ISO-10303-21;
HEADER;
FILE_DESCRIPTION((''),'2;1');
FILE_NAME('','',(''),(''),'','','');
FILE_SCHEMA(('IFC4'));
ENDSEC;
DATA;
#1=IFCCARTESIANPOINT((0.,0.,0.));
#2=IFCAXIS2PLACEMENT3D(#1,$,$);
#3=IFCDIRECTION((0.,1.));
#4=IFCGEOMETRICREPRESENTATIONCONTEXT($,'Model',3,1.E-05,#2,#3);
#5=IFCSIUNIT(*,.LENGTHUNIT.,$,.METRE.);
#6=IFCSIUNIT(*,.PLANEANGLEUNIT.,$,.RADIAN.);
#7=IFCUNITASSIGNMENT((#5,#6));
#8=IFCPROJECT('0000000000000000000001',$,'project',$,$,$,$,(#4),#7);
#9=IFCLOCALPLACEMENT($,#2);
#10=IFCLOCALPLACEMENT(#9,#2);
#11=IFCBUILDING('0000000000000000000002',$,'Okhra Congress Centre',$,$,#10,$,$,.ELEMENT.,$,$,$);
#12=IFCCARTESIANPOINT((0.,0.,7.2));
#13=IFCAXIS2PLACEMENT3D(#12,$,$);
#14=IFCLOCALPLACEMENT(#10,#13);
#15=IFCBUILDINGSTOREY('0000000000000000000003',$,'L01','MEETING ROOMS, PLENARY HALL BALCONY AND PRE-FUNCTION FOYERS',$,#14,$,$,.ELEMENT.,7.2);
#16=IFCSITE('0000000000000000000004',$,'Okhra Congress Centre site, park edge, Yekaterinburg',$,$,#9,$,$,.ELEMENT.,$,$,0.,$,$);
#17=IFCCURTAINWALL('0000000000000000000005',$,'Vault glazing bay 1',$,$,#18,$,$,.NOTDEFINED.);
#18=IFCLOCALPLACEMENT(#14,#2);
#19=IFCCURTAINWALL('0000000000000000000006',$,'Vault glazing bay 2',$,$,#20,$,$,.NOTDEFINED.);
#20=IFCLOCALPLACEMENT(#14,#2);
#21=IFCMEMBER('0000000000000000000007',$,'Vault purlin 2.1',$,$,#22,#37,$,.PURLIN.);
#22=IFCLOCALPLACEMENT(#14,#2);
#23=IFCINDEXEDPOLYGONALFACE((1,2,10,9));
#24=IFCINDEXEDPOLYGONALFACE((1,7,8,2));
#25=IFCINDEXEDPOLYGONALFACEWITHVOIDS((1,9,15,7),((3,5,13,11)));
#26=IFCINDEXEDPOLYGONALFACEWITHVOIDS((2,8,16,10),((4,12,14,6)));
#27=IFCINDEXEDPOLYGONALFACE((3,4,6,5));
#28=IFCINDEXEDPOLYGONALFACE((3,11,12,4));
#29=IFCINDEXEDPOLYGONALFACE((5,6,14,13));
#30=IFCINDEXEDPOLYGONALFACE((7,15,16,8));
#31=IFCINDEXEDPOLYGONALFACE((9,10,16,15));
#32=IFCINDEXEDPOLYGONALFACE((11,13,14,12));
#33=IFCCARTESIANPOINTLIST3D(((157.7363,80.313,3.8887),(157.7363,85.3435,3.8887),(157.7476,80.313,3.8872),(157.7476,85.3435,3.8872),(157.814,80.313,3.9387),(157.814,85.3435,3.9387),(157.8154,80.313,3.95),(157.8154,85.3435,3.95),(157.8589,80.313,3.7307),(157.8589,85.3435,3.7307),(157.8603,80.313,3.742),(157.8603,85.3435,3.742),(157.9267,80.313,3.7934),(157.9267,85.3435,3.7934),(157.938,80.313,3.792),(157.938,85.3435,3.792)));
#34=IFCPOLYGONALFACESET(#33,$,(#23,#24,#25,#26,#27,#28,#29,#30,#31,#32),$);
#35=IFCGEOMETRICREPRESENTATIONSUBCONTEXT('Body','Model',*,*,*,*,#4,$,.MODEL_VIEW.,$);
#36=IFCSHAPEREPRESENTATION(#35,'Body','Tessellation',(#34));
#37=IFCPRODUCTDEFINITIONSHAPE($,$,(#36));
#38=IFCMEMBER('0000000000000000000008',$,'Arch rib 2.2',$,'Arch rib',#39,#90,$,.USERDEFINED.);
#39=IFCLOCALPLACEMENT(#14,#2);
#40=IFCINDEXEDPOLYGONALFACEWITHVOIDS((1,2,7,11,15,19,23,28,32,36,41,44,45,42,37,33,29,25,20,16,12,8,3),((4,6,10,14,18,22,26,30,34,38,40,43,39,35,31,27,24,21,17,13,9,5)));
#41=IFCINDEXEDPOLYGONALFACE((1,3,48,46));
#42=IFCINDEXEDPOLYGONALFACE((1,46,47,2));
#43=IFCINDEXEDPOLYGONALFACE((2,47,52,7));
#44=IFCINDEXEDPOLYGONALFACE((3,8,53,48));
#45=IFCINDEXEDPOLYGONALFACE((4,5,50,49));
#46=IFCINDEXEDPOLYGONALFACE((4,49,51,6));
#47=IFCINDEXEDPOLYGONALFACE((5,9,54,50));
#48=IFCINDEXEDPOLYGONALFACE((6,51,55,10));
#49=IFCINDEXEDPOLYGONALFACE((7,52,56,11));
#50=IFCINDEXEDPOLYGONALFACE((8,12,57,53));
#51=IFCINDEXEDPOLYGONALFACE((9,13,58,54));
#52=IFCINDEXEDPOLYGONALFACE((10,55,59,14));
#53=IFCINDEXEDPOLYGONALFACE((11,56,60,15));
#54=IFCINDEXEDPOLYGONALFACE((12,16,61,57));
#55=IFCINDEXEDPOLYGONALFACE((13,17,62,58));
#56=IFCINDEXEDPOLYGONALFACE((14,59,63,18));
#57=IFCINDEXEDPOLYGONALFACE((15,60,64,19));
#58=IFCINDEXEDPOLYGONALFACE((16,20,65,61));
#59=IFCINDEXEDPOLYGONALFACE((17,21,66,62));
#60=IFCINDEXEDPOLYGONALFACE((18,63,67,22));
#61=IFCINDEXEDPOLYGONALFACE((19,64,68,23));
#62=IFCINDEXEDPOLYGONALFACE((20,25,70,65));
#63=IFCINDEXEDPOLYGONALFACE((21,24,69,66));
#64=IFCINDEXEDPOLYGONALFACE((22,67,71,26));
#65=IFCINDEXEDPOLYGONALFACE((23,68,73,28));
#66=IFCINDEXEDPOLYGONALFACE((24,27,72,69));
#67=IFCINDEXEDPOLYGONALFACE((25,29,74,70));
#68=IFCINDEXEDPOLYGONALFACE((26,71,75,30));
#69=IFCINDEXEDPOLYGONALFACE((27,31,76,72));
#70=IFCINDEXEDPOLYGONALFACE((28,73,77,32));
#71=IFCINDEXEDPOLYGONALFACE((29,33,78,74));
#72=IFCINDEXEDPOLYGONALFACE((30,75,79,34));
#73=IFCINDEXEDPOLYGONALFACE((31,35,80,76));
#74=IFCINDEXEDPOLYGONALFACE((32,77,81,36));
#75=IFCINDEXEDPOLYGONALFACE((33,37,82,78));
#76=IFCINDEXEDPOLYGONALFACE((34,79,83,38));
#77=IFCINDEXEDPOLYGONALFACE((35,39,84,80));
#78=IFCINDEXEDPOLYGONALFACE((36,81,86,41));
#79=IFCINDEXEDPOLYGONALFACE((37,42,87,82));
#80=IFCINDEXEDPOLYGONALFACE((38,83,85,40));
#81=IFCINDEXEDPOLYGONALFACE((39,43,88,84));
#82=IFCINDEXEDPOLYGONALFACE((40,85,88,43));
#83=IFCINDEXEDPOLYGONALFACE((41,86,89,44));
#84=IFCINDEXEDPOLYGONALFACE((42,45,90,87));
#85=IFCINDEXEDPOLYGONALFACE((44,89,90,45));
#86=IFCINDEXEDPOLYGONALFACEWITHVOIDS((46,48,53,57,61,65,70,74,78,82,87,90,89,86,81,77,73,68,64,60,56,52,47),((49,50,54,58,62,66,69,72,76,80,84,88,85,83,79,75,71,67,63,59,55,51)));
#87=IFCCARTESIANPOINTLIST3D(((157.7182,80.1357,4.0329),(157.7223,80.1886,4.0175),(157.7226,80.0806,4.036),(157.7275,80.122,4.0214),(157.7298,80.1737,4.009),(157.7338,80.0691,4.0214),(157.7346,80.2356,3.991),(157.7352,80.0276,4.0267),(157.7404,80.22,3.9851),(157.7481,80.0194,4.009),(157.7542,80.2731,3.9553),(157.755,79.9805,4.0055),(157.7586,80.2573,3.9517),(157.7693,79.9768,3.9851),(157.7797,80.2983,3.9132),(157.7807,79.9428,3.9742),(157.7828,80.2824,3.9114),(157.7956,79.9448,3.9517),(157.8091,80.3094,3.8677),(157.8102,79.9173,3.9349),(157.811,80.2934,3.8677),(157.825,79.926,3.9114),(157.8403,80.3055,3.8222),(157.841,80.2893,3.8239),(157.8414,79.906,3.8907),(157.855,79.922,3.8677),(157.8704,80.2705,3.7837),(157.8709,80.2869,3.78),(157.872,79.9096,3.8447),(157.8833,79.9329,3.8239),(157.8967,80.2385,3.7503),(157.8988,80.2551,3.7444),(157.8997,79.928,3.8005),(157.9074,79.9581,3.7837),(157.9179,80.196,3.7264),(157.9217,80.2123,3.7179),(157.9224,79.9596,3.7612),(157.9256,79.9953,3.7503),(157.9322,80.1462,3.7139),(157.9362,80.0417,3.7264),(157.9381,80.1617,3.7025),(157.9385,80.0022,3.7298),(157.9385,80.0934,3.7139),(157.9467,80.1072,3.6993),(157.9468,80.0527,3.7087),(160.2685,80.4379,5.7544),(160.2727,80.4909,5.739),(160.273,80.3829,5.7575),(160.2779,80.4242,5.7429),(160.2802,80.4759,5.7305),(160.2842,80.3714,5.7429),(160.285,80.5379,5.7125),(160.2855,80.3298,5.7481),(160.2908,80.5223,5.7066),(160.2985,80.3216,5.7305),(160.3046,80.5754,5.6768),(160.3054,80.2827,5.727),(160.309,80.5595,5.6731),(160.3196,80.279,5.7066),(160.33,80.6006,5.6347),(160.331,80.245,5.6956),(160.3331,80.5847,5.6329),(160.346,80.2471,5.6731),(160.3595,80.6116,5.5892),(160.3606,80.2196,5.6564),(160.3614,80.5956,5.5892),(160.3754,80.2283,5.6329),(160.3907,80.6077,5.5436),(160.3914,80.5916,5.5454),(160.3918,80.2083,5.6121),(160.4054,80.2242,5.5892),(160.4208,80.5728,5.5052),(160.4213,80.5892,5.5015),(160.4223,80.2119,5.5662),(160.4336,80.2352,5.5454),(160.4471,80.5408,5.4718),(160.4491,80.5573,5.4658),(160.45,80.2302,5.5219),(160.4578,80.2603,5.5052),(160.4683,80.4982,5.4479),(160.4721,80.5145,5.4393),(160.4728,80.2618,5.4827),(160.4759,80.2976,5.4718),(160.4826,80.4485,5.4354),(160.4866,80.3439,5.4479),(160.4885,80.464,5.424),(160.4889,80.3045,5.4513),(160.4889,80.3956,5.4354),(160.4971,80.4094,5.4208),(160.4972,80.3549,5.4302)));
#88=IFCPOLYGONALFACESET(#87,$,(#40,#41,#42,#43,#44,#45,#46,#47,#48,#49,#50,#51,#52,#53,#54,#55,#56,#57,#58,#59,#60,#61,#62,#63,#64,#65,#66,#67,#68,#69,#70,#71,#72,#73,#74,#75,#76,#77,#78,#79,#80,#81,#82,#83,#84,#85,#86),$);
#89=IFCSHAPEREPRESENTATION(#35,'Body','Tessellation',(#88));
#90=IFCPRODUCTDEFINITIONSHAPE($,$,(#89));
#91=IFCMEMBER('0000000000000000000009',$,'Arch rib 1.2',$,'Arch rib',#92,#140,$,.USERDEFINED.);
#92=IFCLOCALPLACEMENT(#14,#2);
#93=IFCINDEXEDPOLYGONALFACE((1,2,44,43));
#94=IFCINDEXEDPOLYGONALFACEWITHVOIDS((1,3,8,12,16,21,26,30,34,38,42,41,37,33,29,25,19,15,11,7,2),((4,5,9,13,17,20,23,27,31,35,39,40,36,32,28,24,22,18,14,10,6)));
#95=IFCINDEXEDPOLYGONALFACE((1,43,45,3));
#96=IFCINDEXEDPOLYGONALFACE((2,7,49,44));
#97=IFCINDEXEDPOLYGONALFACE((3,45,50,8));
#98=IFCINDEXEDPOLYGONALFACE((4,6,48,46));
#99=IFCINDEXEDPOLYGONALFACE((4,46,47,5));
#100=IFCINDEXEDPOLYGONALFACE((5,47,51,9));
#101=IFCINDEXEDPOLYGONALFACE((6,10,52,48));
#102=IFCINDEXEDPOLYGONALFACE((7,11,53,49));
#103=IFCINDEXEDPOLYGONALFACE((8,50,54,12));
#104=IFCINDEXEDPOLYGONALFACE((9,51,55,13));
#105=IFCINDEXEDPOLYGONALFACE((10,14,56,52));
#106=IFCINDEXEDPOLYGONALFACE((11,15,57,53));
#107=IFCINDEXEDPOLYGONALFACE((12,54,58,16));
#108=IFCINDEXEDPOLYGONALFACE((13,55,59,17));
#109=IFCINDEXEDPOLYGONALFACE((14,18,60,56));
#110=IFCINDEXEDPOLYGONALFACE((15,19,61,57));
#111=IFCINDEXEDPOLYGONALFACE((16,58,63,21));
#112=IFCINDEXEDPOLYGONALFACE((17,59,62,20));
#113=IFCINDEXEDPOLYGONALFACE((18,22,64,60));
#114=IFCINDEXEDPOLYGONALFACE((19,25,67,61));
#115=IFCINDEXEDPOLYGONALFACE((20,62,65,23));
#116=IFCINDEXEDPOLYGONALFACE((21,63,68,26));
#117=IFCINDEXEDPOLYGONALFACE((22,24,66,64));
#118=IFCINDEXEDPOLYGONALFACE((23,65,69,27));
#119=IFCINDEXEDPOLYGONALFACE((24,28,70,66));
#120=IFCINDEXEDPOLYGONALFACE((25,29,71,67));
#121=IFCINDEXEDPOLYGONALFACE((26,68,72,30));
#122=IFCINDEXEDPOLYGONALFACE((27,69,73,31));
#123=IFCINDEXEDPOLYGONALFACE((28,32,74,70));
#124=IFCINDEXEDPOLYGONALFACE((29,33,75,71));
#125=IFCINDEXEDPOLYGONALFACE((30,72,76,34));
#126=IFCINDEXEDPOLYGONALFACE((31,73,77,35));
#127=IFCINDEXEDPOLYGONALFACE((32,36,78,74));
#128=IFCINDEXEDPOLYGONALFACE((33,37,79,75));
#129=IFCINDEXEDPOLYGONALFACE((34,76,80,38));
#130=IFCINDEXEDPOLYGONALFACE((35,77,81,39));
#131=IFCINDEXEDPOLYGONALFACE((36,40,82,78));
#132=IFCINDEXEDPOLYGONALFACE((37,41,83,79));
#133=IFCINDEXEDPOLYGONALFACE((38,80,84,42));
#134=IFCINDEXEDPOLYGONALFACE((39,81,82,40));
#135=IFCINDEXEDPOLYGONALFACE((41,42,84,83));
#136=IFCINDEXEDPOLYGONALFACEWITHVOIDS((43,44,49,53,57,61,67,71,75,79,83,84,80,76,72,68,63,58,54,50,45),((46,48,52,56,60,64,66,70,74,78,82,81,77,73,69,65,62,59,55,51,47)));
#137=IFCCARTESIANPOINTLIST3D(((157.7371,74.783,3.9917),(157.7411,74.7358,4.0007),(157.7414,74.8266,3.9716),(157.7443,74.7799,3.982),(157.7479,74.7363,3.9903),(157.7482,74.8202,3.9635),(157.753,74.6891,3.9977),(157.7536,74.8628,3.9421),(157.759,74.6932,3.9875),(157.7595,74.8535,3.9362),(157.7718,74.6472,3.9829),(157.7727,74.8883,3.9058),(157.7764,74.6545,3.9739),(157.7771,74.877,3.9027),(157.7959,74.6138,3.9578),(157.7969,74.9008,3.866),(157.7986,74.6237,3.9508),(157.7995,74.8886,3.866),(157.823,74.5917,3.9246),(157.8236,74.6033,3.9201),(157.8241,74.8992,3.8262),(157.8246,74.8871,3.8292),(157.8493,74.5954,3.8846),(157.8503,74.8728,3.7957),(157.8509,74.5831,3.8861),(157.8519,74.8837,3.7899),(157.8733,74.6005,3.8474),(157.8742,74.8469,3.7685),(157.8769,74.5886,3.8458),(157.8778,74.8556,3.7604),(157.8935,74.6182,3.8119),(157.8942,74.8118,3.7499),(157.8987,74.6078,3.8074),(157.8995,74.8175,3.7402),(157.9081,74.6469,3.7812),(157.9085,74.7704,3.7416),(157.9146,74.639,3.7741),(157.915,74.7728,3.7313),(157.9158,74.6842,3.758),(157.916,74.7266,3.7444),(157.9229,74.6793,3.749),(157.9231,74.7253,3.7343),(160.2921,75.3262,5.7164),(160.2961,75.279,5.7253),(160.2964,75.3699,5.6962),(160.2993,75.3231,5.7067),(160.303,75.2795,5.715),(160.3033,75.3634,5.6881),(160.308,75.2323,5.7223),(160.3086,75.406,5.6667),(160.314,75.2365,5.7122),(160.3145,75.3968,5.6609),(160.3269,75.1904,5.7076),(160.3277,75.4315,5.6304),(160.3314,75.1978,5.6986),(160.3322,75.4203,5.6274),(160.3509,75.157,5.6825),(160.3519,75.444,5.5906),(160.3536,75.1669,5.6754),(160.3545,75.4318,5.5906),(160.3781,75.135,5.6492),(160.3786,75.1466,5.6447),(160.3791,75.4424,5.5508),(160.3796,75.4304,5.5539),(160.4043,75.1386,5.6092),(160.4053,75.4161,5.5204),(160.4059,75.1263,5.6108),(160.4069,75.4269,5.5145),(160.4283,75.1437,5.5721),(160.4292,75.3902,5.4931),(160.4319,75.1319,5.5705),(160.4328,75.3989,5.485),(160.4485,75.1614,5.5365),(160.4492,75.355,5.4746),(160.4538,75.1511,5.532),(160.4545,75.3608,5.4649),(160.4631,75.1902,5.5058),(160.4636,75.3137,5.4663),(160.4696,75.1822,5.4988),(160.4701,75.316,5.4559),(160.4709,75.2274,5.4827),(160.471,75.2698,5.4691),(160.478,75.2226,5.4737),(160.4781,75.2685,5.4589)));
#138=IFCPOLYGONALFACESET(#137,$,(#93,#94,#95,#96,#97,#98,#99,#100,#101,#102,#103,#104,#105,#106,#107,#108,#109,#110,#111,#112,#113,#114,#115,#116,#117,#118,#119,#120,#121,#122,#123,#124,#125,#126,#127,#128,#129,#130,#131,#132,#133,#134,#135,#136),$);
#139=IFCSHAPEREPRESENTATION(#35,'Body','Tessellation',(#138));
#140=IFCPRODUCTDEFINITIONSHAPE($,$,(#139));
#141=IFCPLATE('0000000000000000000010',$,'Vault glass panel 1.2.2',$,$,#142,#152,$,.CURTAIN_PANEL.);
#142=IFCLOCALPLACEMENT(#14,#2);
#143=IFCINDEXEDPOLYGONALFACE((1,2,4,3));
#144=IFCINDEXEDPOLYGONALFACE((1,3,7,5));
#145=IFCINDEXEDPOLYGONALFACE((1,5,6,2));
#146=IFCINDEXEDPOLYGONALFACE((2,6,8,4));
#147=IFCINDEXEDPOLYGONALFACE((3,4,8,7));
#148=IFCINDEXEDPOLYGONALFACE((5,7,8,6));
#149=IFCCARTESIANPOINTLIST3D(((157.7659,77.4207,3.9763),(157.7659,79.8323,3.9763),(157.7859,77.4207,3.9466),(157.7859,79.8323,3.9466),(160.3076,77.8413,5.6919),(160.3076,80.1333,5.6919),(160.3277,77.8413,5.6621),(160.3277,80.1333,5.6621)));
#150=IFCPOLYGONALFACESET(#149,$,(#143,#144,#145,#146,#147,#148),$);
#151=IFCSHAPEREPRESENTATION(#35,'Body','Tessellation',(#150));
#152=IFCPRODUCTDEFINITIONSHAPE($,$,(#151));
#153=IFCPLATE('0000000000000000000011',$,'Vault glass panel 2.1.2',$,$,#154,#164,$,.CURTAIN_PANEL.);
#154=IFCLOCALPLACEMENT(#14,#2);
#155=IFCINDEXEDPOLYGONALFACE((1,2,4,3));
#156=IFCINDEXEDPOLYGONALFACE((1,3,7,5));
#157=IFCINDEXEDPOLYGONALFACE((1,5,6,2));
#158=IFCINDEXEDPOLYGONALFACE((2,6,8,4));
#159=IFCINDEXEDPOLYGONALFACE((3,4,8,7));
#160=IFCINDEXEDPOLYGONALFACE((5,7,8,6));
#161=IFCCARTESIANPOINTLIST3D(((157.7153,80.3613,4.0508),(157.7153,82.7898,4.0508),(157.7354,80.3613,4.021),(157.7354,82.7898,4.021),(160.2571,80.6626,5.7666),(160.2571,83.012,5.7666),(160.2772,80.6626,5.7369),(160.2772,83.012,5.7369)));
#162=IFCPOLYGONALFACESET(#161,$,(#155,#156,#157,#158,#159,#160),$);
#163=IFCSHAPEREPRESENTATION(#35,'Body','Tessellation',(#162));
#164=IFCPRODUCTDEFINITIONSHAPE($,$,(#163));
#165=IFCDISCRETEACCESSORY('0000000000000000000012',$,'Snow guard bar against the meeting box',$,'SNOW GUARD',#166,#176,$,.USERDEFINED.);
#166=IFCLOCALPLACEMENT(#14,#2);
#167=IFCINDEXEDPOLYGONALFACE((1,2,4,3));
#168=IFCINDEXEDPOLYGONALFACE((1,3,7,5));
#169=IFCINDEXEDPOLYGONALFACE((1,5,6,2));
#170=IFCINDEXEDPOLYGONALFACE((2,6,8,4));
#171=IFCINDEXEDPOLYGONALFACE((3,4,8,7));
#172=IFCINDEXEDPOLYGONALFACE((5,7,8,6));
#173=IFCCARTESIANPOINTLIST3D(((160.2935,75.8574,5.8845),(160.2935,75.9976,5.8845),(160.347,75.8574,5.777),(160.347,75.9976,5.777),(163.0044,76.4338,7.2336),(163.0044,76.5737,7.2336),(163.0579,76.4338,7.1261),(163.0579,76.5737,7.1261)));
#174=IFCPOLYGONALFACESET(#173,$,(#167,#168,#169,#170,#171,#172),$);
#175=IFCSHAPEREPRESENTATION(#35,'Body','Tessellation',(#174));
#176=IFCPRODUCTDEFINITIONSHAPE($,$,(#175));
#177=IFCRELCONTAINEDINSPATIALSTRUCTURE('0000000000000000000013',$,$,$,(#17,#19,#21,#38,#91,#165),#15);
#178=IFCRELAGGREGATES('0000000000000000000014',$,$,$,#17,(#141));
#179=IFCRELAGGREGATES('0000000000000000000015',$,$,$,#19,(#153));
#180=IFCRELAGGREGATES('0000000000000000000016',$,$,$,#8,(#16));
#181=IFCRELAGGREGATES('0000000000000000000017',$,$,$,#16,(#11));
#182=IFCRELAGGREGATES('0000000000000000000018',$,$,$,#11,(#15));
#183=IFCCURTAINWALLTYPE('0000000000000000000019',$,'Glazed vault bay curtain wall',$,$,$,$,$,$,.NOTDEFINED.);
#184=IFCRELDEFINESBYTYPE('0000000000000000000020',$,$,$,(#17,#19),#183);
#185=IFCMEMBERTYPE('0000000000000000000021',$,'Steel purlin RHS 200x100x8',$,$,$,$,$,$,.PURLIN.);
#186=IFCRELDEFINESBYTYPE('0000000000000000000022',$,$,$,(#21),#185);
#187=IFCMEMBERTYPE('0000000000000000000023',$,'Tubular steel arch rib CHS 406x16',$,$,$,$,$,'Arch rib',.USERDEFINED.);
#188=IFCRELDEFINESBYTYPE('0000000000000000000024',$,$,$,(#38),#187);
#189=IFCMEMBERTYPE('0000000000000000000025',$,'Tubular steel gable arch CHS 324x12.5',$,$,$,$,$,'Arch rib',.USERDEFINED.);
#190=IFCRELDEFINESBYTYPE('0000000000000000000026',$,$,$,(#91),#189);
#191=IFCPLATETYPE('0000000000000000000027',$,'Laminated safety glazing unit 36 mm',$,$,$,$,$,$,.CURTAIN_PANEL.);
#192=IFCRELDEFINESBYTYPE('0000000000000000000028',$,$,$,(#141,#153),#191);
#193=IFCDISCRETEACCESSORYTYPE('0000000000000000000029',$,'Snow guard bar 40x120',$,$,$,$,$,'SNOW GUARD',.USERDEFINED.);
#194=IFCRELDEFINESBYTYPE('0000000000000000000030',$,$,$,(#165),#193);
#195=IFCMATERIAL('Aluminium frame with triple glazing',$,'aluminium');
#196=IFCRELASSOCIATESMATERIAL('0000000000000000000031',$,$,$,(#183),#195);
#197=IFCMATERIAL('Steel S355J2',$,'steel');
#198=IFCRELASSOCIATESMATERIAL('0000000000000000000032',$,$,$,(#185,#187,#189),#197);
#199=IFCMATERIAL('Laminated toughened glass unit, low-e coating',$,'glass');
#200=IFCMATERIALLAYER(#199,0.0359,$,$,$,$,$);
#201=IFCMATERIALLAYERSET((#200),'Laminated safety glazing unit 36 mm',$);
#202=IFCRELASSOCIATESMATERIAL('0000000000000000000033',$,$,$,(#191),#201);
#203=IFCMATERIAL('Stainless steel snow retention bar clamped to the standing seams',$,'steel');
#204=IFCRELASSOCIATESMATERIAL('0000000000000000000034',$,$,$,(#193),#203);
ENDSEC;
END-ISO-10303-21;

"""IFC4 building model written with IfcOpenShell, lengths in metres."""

from ifc_helpers import new_model, si_unit, direction, frame, origin, origin_2d, place, context, subcontext, project, spatial, polyline, hollow_rectangle, hollow_circle, outline, extrude, material, layer, layer_set, material_profile, profile_set, type_object, element, aggregate, save


model = new_model("IFC4")

# Units and contexts
model_context = context("Model", 3, precision=1e-05, world=origin(), true_north=direction((0.0, 1.0)))
body_context = subcontext(model_context, "Body", "Model", "MODEL_VIEW")
ifc_project = project(units=[si_unit("LENGTHUNIT", "METRE"), si_unit("PLANEANGLEUNIT", "RADIAN")], contexts=[model_context])

# Site, building, storey
site_placement = place(None, origin())
site = spatial("IfcSite", under=ifc_project, at=site_placement, Name="Okhra Congress Centre site, park edge, Yekaterinburg", CompositionType="ELEMENT", RefElevation=0.0)
building_placement = place(site_placement, origin())
building = spatial("IfcBuilding", under=site, at=building_placement, Name="Okhra Congress Centre", CompositionType="ELEMENT")
storey_placement = place(building_placement, frame((0.0, 0.0, 7.2)))
storey = spatial("IfcBuildingStorey", under=building, at=storey_placement, Name="L01", Description="MEETING ROOMS, PLENARY HALL BALCONY AND PRE-FUNCTION FOYERS", CompositionType="ELEMENT", Elevation=7.2)

# Curtain walls
ifc_material_1 = material(Name="Aluminium frame with triple glazing", Category="aluminium")
curtain_wall_type = type_object("IfcCurtainWallType", Name="Glazed vault bay curtain wall", PredefinedType="NOTDEFINED", material=ifc_material_1)
curtain_wall_1_placement = place(storey_placement, origin())
curtain_wall_1 = element("IfcCurtainWall", 1, at=curtain_wall_1_placement, inside=storey, type_object=curtain_wall_type, Name="Vault glazing bay 1", PredefinedType="NOTDEFINED")
curtain_wall_2_placement = place(storey_placement, origin())
curtain_wall_2 = element("IfcCurtainWall", 2, at=curtain_wall_2_placement, inside=storey, type_object=curtain_wall_type, Name="Vault glazing bay 2", PredefinedType="NOTDEFINED")

# Members
ifc_material_2 = material(Name="Steel S355J2", Category="steel")
ifc_material_profile_1 = material_profile(ifc_material_2, hollow_rectangle(XDim=0.1001, YDim=0.2, WallThickness=0.0081, at=origin_2d()), Name="RHS 200x100x8")
ifc_profile_set_1 = profile_set([ifc_material_profile_1], Name="Steel S355J2")
member_type_1 = type_object("IfcMemberType", Name="Steel purlin RHS 200x100x8", PredefinedType="PURLIN", material=ifc_profile_set_1)
member_1_placement = place(storey_placement, frame((157.8372, 80.313, 3.8403), z_axis=(0.0, 1.0, 0.0), x_axis=(-0.790145, 0.0, -0.61292)))
element("IfcMember", 3, at=member_1_placement, inside=storey, type_object=member_type_1, Name="Vault purlin 2.1", PredefinedType="PURLIN", context=body_context, shape_type="SweptSolid", body=[
    extrude(hollow_rectangle(XDim=0.1001, YDim=0.2, WallThickness=0.0081, at=origin_2d()), origin(), (0.0, 0.0, 1.0), 5.0305),
])
ifc_material_profile_2 = material_profile(ifc_material_2, hollow_circle(Radius=0.2031, WallThickness=0.0161, at=origin_2d()), Name="CHS 406.4x16")
ifc_profile_set_2 = profile_set([ifc_material_profile_2], Name="Steel S355J2")
member_type_2 = type_object("IfcMemberType", Name="Tubular steel arch rib CHS 406x16", ElementType="Arch rib", PredefinedType="USERDEFINED", material=ifc_profile_set_2)
member_2_placement = place(storey_placement, frame((157.833, 80.1077, 3.8677), z_axis=(0.82488, 0.09776, 0.55679), x_axis=(-0.117691, 0.99305, 0.0)))
element("IfcMember", 4, at=member_2_placement, inside=storey, type_object=member_type_2, Name="Arch rib 2.2", ObjectType="Arch rib", PredefinedType="USERDEFINED", context=body_context, shape_type="SweptSolid", body=[
    extrude(hollow_circle(Radius=0.2031, WallThickness=0.0161, at=origin_2d()), origin(), (0.0, 0.0, 1.0), 3.0918),
])
ifc_material_profile_3 = material_profile(ifc_material_2, hollow_circle(Radius=0.1619, WallThickness=0.0125, at=origin_2d()), Name="CHS 323.9x12.5")
ifc_profile_set_3 = profile_set([ifc_material_profile_3], Name="Steel S355J2")
member_type_3 = type_object("IfcMemberType", Name="Tubular steel gable arch CHS 324x12.5", ElementType="Arch rib", PredefinedType="USERDEFINED", material=ifc_profile_set_3)
member_3_placement = place(storey_placement, frame((157.8306, 74.7424, 3.866), z_axis=(0.816267, 0.173549, 0.55099), x_axis=(-0.207965, 0.978136, 0.0)))
element("IfcMember", 5, at=member_3_placement, inside=storey, type_object=member_type_3, Name="Arch rib 1.2", ObjectType="Arch rib", PredefinedType="USERDEFINED", context=body_context, shape_type="SweptSolid", body=[
    extrude(hollow_circle(Radius=0.1619, WallThickness=0.0125, at=origin_2d()), origin(), (0.0, 0.0, 1.0), 3.1301),
])

# Plates
ifc_material_3 = material(Name="Laminated toughened glass unit, low-e coating", Category="glass")
ifc_layer = layer(ifc_material_3, 0.0359)
ifc_layer_set = layer_set([ifc_layer], Name="Laminated safety glazing unit 36 mm")
plate_type = type_object("IfcPlateType", Name="Laminated safety glazing unit 36 mm", PredefinedType="CURTAIN_PANEL", material=ifc_layer_set)
plate_1_placement = place(storey_placement, frame((157.7659, 77.4207, 3.9763), z_axis=(-0.55945, 0.0, 0.828864), x_axis=(0.821174, 0.135903, 0.554259)))
plate_1 = element("IfcPlate", 6, at=plate_1_placement, type_object=plate_type, Name="Vault glass panel 1.2.2", PredefinedType="CURTAIN_PANEL", context=body_context, shape_type="SweptSolid", body=[
    extrude(outline(polyline([(0.0, 0.0), (3.0953, 0.0), (3.4067, 2.2707), (0.3277, 2.3892), (0.0, 0.0)])), origin(), (0.0, 0.0, -1.0), 0.0359),
])
aggregate(curtain_wall_1, [plate_1])
plate_2_placement = place(storey_placement, frame((157.7153, 80.3613, 4.0508), z_axis=(-0.559504, 0.0, 0.828827), x_axis=(0.824857, 0.097769, 0.556824)))
plate_2 = element("IfcPlate", 7, at=plate_2_placement, type_object=plate_type, Name="Vault glass panel 2.1.2", PredefinedType="CURTAIN_PANEL", context=body_context, shape_type="SweptSolid", body=[
    extrude(outline(polyline([(0.0, 0.0), (3.0814, 0.0), (3.3111, 2.3381), (0.2374, 2.4168), (0.0, 0.0)])), origin(), (0.0, 0.0, -1.0), 0.0359),
])
aggregate(curtain_wall_2, [plate_2])

# Discrete accessory
ifc_material_4 = material(Name="Stainless steel snow retention bar clamped to the standing seams", Category="steel")
discrete_accessory_type = type_object("IfcDiscreteAccessoryType", Name="Snow guard bar 40x120", ElementType="SNOW GUARD", PredefinedType="USERDEFINED", material=ifc_material_4)
discrete_accessory_placement = place(storey_placement, frame((160.2935, 75.8574, 5.8845), z_axis=(-0.445536, 0.0, 0.895264), x_axis=(0.879472, 0.186999, 0.437677)))
element("IfcDiscreteAccessory", 8, at=discrete_accessory_placement, inside=storey, type_object=discrete_accessory_type, Name="Snow guard bar against the meeting box", ObjectType="SNOW GUARD", PredefinedType="USERDEFINED", context=body_context, shape_type="SweptSolid", body=[
    extrude(outline(polyline([(0.0, 0.0), (3.0825, 0.0), (3.1086, 0.1374), (0.0262, 0.1377), (0.0, 0.0)])), origin(), (0.0, 0.0, -1.0), 0.1201),
])

save(model, "model.ifc")
